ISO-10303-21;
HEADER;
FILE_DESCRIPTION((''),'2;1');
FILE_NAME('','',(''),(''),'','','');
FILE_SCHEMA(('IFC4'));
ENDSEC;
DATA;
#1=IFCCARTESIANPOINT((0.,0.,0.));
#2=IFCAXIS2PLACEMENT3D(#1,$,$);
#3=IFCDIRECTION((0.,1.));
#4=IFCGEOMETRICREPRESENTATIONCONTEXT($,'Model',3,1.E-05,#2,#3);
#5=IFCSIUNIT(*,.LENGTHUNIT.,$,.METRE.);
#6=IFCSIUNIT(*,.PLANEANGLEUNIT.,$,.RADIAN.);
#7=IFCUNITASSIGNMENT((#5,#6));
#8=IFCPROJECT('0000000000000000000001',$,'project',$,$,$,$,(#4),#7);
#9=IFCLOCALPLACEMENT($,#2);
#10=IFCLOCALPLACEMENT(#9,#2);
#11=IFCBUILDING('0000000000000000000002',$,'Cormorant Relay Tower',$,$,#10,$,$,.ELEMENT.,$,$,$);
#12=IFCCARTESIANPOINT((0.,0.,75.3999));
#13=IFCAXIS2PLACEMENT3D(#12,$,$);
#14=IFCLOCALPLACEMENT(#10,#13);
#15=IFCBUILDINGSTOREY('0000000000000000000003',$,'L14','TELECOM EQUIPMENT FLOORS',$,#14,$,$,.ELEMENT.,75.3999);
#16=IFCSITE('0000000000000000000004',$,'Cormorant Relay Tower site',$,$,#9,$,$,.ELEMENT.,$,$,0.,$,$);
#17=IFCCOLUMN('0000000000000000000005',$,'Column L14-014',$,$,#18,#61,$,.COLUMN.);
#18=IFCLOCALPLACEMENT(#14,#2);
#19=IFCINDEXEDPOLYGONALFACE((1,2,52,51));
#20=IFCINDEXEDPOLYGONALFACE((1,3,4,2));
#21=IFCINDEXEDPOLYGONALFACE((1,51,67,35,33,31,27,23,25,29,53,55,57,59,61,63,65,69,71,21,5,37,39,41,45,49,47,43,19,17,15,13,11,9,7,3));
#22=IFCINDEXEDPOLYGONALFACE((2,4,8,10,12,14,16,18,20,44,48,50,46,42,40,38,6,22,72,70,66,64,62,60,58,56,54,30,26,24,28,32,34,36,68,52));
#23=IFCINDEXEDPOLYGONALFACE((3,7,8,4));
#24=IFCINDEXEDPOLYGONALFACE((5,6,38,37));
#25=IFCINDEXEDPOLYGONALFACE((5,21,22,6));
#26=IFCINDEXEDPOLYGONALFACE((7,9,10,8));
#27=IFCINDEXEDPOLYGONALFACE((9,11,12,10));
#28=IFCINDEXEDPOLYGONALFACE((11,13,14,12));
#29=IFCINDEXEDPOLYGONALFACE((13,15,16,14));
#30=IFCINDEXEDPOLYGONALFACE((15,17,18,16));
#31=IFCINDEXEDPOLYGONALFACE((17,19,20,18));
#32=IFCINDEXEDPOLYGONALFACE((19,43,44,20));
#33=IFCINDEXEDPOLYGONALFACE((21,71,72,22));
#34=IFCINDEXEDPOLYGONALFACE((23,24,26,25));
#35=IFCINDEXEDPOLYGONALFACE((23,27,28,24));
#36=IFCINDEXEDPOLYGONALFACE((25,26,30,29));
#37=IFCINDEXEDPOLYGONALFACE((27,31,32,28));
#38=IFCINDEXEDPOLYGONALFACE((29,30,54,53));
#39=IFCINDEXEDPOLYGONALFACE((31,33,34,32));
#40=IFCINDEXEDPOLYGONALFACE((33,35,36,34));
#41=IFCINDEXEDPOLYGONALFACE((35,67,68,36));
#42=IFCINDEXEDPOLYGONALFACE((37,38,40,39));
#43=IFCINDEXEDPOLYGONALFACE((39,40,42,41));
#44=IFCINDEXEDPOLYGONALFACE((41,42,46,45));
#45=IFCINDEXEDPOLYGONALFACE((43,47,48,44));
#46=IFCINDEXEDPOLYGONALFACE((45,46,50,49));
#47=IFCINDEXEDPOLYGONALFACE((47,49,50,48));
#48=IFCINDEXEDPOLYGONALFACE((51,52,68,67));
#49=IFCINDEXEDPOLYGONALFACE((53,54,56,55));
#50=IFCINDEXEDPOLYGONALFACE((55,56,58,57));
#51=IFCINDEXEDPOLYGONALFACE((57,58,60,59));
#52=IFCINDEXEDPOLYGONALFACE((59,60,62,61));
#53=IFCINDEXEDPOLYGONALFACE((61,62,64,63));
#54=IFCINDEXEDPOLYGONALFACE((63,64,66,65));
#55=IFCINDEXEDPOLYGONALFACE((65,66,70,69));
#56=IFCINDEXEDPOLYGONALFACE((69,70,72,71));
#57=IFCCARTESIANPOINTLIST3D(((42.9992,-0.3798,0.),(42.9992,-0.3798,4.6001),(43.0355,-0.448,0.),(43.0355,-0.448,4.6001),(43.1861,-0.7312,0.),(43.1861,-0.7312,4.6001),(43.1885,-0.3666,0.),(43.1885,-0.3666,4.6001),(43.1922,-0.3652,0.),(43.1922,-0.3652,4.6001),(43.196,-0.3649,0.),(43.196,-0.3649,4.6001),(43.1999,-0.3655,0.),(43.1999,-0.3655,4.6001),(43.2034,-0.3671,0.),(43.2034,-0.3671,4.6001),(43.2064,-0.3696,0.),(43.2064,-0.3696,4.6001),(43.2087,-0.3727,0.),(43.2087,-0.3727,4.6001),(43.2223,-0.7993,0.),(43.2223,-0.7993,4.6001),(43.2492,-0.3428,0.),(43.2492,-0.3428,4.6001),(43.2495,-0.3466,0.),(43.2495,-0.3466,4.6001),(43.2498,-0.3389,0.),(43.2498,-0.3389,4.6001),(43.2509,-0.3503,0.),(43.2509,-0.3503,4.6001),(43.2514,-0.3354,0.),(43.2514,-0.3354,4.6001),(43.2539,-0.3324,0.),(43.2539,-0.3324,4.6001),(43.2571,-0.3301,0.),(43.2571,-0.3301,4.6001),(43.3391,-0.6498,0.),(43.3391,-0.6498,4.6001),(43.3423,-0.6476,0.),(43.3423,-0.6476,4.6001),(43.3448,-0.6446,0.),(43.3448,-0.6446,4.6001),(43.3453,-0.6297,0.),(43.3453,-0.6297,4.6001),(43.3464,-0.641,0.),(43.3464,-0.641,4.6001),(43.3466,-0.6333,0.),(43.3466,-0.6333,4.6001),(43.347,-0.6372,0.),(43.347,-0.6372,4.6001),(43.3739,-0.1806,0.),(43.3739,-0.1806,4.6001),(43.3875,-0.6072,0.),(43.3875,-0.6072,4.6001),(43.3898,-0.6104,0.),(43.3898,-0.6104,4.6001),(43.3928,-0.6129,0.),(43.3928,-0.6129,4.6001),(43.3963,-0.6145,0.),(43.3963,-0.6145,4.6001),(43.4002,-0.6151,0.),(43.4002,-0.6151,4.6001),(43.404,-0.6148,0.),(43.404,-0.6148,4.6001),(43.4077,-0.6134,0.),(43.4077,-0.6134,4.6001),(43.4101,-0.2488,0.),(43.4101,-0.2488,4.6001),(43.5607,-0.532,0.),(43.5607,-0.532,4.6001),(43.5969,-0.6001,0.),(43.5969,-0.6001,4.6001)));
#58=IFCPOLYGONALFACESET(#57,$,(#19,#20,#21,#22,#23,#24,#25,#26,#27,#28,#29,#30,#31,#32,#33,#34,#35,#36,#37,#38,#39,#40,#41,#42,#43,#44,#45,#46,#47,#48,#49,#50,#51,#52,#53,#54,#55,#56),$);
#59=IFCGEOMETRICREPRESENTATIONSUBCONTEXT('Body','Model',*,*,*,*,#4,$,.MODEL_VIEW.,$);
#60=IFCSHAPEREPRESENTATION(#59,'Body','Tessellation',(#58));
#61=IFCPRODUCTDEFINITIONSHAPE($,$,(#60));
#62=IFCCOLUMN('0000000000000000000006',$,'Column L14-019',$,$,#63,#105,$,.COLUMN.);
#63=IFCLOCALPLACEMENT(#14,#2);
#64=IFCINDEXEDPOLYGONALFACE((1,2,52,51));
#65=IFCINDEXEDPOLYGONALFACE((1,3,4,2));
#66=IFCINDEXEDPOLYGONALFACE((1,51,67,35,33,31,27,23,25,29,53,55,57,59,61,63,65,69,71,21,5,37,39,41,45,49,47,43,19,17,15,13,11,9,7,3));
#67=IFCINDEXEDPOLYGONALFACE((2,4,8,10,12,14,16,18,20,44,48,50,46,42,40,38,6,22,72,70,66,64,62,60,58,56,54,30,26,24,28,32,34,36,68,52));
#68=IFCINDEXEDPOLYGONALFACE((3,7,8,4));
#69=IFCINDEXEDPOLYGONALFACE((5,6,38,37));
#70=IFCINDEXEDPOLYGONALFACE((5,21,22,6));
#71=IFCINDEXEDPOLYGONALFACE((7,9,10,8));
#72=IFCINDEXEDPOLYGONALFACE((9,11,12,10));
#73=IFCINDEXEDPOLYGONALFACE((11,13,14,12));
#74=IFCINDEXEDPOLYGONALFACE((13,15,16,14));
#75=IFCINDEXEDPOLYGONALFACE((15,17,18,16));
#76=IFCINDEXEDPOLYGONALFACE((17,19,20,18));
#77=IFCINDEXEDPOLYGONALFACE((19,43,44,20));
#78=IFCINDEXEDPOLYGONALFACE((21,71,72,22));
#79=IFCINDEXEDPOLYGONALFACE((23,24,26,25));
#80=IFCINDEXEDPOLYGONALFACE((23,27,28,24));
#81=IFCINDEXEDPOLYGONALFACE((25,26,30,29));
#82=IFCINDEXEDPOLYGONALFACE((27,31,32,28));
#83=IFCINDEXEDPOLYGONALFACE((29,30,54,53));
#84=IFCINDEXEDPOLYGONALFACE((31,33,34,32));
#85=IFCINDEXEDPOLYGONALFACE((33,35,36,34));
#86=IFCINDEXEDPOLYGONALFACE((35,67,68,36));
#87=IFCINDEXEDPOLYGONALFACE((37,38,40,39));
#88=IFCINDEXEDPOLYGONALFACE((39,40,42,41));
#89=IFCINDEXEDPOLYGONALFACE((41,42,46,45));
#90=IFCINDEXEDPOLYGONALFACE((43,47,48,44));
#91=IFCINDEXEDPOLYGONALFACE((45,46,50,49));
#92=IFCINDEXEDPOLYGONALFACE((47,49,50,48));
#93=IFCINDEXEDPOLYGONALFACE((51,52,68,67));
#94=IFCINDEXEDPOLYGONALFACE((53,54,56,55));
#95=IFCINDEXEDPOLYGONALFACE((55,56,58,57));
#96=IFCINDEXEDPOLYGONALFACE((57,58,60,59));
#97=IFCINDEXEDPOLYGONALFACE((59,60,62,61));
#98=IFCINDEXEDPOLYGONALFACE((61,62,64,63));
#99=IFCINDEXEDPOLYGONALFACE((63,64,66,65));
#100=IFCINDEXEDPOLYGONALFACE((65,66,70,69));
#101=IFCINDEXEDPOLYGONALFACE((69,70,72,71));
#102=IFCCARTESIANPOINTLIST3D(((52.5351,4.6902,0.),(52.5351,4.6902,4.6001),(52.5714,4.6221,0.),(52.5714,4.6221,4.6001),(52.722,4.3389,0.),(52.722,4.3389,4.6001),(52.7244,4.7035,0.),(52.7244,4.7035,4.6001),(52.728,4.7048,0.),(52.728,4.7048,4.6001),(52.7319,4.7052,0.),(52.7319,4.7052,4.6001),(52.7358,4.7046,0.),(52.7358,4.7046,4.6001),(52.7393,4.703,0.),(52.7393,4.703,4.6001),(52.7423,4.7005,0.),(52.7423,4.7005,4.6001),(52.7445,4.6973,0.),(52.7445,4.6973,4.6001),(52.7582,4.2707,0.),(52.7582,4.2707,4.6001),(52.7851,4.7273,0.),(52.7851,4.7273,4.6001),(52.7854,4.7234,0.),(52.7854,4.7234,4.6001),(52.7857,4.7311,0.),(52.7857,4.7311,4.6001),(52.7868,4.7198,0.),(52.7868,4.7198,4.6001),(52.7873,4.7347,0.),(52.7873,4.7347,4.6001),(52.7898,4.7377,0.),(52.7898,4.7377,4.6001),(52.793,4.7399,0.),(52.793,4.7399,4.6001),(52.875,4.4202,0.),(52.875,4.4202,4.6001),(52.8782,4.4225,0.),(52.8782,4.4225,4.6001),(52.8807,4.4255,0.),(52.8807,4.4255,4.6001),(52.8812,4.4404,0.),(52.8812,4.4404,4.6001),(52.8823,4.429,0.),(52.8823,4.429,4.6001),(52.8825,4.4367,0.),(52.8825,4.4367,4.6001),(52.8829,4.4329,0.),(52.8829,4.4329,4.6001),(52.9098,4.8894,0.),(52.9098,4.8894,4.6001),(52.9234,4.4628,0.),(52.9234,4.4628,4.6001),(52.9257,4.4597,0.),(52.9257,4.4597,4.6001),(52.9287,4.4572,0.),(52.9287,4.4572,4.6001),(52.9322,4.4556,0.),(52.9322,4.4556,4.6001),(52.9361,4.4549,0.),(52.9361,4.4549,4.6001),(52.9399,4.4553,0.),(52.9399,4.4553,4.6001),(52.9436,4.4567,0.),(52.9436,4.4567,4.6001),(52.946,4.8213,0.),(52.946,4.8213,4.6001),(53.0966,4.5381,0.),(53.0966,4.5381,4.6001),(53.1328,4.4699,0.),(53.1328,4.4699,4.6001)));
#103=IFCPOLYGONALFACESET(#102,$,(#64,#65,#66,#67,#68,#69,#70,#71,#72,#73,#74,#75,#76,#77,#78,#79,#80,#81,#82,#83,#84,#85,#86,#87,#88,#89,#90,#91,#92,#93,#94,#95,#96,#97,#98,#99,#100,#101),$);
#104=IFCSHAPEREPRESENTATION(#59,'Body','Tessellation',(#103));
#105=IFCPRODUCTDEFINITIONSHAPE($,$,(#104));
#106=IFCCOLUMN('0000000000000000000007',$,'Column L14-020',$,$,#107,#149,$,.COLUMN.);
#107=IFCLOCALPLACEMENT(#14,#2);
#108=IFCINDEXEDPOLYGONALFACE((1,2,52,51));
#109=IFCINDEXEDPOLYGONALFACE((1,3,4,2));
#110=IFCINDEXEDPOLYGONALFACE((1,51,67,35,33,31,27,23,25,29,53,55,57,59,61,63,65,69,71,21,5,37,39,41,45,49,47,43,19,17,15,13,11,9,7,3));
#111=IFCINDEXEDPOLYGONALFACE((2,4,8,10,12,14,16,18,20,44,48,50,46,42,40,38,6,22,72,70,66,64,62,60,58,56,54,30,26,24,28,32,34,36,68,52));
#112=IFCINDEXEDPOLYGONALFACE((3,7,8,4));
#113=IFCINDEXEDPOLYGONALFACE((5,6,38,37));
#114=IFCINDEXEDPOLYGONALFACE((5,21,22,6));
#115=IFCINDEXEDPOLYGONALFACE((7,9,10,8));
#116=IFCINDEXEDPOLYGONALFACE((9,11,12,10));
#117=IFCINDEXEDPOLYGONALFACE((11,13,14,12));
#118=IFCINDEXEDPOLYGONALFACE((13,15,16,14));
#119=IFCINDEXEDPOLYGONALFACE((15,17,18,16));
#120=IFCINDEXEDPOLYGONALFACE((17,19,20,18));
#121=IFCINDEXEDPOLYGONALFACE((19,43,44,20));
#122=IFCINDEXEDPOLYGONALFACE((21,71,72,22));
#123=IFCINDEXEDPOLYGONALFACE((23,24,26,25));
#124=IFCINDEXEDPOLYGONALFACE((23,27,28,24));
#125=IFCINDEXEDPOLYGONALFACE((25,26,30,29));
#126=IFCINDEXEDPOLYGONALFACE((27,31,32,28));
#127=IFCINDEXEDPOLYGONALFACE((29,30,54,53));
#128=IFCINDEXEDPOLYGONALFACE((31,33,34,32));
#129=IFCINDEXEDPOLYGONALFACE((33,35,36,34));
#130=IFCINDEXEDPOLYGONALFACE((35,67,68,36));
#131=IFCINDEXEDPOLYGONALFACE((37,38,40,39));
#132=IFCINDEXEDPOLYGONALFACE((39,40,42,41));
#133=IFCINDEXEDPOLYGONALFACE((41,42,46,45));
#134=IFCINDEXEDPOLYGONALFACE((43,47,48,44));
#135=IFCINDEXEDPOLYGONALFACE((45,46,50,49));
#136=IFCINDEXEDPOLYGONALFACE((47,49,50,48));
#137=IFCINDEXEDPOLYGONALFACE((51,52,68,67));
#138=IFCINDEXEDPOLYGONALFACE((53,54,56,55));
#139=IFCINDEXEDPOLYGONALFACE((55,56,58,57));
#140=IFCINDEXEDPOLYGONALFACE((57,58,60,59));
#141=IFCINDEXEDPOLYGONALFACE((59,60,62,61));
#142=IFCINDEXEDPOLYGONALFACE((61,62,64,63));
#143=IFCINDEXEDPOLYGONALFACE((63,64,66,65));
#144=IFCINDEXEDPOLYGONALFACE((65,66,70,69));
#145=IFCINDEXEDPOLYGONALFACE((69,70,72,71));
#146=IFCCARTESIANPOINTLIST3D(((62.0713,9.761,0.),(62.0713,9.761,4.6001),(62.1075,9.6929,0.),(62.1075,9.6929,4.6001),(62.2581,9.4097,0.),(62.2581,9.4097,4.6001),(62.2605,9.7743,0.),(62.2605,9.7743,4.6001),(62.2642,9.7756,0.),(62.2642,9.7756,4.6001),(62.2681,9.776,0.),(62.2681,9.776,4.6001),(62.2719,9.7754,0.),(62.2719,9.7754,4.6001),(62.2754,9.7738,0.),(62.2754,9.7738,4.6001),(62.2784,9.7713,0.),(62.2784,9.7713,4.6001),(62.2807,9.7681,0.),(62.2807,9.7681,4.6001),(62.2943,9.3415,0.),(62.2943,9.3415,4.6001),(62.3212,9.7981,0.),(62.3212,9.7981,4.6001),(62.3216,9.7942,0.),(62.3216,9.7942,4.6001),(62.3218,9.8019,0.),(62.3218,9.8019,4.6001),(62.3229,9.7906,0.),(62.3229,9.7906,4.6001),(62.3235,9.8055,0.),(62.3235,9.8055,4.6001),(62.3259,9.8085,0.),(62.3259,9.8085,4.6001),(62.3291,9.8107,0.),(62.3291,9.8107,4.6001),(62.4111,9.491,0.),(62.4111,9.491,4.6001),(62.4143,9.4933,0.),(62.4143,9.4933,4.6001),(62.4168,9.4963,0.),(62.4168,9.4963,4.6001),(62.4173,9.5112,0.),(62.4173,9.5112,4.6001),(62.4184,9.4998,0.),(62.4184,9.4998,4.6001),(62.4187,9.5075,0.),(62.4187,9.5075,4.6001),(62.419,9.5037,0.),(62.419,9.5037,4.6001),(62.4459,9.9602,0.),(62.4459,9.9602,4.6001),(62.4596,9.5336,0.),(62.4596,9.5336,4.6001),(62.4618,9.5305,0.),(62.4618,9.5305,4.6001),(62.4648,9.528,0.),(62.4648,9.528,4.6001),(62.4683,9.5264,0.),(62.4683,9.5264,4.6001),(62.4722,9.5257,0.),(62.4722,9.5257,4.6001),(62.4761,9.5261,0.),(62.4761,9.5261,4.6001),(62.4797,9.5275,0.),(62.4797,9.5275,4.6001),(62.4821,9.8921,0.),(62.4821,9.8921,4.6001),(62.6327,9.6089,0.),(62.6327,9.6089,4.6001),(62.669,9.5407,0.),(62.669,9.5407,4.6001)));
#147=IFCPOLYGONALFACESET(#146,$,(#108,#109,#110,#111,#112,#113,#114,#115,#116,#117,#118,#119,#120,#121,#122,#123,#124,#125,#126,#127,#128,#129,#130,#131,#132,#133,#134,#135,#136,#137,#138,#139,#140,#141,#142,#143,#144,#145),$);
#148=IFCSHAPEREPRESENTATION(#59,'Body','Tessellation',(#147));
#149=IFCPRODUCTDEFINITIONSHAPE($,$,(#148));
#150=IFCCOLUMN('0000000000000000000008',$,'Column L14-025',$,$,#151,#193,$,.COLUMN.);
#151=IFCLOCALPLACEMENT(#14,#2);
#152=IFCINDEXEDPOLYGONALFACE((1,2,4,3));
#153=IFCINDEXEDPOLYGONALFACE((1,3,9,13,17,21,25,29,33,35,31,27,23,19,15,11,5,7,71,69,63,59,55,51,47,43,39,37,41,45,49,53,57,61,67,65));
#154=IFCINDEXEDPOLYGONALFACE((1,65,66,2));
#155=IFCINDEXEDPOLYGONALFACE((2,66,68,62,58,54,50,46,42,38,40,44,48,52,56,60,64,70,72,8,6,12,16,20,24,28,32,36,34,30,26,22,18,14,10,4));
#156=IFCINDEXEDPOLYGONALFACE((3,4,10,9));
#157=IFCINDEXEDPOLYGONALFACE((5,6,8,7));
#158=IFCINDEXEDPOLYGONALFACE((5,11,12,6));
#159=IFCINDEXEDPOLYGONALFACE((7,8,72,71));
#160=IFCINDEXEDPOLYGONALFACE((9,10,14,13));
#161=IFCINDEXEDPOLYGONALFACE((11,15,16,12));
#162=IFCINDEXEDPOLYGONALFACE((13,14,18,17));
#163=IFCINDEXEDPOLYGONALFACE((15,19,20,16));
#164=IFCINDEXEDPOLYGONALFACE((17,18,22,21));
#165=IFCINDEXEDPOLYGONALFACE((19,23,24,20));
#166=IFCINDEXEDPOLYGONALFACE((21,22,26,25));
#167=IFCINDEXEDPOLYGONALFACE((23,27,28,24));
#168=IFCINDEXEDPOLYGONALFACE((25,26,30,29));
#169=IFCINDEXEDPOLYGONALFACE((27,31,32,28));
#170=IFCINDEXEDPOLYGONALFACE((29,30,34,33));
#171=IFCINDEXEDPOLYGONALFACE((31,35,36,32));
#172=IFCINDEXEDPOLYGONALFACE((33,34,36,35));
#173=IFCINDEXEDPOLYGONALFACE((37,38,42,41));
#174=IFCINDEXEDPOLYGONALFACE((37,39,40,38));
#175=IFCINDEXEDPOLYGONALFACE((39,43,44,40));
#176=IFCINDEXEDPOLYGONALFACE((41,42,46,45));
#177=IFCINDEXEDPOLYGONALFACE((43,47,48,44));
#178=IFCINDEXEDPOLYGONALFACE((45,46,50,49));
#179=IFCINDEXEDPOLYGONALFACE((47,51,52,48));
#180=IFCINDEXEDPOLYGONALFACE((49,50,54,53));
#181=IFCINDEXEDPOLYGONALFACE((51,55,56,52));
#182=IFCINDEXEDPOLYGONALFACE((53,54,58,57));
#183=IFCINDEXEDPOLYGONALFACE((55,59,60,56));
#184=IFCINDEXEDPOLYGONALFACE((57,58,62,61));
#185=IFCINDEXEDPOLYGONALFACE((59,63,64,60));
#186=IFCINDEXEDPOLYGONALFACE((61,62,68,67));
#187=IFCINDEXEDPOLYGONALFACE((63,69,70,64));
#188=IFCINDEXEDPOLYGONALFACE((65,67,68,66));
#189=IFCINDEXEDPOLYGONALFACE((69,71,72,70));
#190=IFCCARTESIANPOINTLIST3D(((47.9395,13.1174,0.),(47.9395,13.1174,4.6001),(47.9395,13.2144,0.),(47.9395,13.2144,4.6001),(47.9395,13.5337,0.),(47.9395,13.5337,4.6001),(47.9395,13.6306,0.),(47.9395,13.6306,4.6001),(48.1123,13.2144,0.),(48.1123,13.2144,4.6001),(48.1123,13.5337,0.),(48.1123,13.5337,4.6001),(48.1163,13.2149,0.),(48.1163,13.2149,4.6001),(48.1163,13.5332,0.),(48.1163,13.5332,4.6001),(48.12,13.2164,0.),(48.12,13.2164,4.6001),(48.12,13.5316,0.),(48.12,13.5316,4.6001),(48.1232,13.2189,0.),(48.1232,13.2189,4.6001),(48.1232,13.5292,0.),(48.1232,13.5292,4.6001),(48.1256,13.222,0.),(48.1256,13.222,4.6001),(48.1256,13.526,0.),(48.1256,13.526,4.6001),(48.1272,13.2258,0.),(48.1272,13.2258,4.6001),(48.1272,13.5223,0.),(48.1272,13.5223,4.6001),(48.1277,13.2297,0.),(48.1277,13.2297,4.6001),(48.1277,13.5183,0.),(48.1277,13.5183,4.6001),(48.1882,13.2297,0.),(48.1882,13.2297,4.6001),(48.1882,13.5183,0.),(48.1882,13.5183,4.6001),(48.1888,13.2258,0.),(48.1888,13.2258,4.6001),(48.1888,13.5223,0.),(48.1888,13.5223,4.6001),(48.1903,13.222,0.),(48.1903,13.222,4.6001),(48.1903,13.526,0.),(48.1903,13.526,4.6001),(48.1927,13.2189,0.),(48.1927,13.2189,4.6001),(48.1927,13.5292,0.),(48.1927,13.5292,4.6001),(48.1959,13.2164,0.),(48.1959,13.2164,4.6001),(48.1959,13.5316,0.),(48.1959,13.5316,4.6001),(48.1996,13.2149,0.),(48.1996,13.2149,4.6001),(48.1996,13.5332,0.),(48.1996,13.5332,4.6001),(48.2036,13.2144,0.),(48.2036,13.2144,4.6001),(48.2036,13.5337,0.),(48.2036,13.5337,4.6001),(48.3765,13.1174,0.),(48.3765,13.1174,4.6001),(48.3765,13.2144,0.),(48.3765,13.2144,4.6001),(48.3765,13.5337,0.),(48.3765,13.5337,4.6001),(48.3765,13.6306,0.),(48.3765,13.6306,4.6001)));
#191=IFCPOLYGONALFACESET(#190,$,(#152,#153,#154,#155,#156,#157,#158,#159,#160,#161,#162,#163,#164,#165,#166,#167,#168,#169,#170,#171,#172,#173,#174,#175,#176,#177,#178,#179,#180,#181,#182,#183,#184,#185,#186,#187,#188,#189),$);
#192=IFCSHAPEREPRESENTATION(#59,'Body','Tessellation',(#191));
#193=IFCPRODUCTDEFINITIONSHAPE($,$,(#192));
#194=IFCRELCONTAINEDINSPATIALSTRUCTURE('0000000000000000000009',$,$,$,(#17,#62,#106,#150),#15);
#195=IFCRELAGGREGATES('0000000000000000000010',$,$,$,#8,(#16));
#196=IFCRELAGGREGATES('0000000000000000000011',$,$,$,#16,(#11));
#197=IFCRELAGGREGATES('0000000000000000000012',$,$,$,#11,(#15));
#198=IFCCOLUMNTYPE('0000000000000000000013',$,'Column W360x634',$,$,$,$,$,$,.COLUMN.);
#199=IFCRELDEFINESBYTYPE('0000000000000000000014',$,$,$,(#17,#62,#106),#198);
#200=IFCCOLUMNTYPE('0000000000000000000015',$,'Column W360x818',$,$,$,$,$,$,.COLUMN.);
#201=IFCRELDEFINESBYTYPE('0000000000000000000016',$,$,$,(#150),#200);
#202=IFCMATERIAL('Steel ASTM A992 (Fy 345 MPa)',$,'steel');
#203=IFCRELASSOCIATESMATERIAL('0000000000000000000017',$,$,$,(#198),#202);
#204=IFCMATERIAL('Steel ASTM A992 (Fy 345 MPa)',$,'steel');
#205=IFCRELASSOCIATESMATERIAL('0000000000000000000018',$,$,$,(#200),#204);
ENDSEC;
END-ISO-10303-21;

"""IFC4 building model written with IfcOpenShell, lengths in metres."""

from ifc_helpers import new_model, si_unit, direction, frame, origin, origin_2d, place, context, subcontext, project, spatial, i_section, extrude, material, material_profile, profile_set, type_object, element, save


model = new_model("IFC4")

# Units and contexts
model_context = context("Model", 3, precision=1e-05, world=origin(), true_north=direction((0.0, 1.0)))
body_context = subcontext(model_context, "Body", "Model", "MODEL_VIEW")
ifc_project = project(units=[si_unit("LENGTHUNIT", "METRE"), si_unit("PLANEANGLEUNIT", "RADIAN")], contexts=[model_context])

# Site, building, storey
site_placement = place(None, origin())
site = spatial("IfcSite", under=ifc_project, at=site_placement, Name="Cormorant Relay Tower site", CompositionType="ELEMENT", RefElevation=0.0)
building_placement = place(site_placement, origin())
building = spatial("IfcBuilding", under=site, at=building_placement, Name="Cormorant Relay Tower", CompositionType="ELEMENT")
storey_placement = place(building_placement, frame((0.0, 0.0, 75.3999)))
storey = spatial("IfcBuildingStorey", under=building, at=storey_placement, Name="L14", Description="TELECOM EQUIPMENT FLOORS", CompositionType="ELEMENT", Elevation=75.3999)

# Columns
ifc_material_1 = material(Name="Steel ASTM A992 (Fy 345 MPa)", Category="steel")
ifc_material_profile_1 = material_profile(ifc_material_1, i_section(OverallWidth=0.4243, OverallDepth=0.4751, WebThickness=0.0479, FlangeThickness=0.0771, FilletRadius=0.0149, at=origin_2d()), Name="W360x634")
ifc_profile_set_1 = profile_set([ifc_material_profile_1], Name="Steel ASTM A992 (Fy 345 MPa)")
column_type_1 = type_object("IfcColumnType", Name="Column W360x634", PredefinedType="COLUMN", material=ifc_profile_set_1)
for number, where, z_axis, x_axis, name in (
    (1, (43.2981, -0.49, 0.0), (0.0, 0.0, 1.0), (0.882948, 0.469472, 0.0), "Column L14-014"),
    (2, (52.834, 4.5801, 0.0), (0.0, 0.0, 1.0), (0.882948, 0.469472, 0.0), "Column L14-019"),
    (3, (62.3701, 9.6509, 0.0), (0.0, 0.0, 1.0), (0.882948, 0.469472, 0.0), "Column L14-020"),
):
    element("IfcColumn", number, at=place(storey_placement, frame(where, z_axis=z_axis, x_axis=x_axis)), inside=storey, type_object=column_type_1, Name=name, PredefinedType="COLUMN", context=body_context, shape_type="SweptSolid", body=[
        extrude(i_section(OverallWidth=0.4243, OverallDepth=0.4751, WebThickness=0.0479, FlangeThickness=0.0771, FilletRadius=0.0149, at=origin_2d()), origin(), (0.0, 0.0, 1.0), 4.6001),
    ])
ifc_material_2 = material(Name="Steel ASTM A992 (Fy 345 MPa)", Category="steel")
ifc_material_profile_2 = material_profile(ifc_material_2, i_section(OverallWidth=0.437, OverallDepth=0.5132, WebThickness=0.0605, FlangeThickness=0.0969, FilletRadius=0.0154, at=origin_2d()), Name="W360x818")
ifc_profile_set_2 = profile_set([ifc_material_profile_2], Name="Steel ASTM A992 (Fy 345 MPa)")
column_type_2 = type_object("IfcColumnType", Name="Column W360x818", PredefinedType="COLUMN", material=ifc_profile_set_2)
for number, where, z_axis, x_axis, name in (
    (4, (48.158, 13.374, 0.0), (0.0, 0.0, 1.0), (1.0, 0.0, 0.0), "Column L14-025"),
):
    element("IfcColumn", number, at=place(storey_placement, frame(where, z_axis=z_axis, x_axis=x_axis)), inside=storey, type_object=column_type_2, Name=name, PredefinedType="COLUMN", context=body_context, shape_type="SweptSolid", body=[
        extrude(i_section(OverallWidth=0.437, OverallDepth=0.5132, WebThickness=0.0605, FlangeThickness=0.0969, FilletRadius=0.0154, at=origin_2d()), origin(), (0.0, 0.0, 1.0), 4.6001),
    ])

save(model, "model.ifc")
